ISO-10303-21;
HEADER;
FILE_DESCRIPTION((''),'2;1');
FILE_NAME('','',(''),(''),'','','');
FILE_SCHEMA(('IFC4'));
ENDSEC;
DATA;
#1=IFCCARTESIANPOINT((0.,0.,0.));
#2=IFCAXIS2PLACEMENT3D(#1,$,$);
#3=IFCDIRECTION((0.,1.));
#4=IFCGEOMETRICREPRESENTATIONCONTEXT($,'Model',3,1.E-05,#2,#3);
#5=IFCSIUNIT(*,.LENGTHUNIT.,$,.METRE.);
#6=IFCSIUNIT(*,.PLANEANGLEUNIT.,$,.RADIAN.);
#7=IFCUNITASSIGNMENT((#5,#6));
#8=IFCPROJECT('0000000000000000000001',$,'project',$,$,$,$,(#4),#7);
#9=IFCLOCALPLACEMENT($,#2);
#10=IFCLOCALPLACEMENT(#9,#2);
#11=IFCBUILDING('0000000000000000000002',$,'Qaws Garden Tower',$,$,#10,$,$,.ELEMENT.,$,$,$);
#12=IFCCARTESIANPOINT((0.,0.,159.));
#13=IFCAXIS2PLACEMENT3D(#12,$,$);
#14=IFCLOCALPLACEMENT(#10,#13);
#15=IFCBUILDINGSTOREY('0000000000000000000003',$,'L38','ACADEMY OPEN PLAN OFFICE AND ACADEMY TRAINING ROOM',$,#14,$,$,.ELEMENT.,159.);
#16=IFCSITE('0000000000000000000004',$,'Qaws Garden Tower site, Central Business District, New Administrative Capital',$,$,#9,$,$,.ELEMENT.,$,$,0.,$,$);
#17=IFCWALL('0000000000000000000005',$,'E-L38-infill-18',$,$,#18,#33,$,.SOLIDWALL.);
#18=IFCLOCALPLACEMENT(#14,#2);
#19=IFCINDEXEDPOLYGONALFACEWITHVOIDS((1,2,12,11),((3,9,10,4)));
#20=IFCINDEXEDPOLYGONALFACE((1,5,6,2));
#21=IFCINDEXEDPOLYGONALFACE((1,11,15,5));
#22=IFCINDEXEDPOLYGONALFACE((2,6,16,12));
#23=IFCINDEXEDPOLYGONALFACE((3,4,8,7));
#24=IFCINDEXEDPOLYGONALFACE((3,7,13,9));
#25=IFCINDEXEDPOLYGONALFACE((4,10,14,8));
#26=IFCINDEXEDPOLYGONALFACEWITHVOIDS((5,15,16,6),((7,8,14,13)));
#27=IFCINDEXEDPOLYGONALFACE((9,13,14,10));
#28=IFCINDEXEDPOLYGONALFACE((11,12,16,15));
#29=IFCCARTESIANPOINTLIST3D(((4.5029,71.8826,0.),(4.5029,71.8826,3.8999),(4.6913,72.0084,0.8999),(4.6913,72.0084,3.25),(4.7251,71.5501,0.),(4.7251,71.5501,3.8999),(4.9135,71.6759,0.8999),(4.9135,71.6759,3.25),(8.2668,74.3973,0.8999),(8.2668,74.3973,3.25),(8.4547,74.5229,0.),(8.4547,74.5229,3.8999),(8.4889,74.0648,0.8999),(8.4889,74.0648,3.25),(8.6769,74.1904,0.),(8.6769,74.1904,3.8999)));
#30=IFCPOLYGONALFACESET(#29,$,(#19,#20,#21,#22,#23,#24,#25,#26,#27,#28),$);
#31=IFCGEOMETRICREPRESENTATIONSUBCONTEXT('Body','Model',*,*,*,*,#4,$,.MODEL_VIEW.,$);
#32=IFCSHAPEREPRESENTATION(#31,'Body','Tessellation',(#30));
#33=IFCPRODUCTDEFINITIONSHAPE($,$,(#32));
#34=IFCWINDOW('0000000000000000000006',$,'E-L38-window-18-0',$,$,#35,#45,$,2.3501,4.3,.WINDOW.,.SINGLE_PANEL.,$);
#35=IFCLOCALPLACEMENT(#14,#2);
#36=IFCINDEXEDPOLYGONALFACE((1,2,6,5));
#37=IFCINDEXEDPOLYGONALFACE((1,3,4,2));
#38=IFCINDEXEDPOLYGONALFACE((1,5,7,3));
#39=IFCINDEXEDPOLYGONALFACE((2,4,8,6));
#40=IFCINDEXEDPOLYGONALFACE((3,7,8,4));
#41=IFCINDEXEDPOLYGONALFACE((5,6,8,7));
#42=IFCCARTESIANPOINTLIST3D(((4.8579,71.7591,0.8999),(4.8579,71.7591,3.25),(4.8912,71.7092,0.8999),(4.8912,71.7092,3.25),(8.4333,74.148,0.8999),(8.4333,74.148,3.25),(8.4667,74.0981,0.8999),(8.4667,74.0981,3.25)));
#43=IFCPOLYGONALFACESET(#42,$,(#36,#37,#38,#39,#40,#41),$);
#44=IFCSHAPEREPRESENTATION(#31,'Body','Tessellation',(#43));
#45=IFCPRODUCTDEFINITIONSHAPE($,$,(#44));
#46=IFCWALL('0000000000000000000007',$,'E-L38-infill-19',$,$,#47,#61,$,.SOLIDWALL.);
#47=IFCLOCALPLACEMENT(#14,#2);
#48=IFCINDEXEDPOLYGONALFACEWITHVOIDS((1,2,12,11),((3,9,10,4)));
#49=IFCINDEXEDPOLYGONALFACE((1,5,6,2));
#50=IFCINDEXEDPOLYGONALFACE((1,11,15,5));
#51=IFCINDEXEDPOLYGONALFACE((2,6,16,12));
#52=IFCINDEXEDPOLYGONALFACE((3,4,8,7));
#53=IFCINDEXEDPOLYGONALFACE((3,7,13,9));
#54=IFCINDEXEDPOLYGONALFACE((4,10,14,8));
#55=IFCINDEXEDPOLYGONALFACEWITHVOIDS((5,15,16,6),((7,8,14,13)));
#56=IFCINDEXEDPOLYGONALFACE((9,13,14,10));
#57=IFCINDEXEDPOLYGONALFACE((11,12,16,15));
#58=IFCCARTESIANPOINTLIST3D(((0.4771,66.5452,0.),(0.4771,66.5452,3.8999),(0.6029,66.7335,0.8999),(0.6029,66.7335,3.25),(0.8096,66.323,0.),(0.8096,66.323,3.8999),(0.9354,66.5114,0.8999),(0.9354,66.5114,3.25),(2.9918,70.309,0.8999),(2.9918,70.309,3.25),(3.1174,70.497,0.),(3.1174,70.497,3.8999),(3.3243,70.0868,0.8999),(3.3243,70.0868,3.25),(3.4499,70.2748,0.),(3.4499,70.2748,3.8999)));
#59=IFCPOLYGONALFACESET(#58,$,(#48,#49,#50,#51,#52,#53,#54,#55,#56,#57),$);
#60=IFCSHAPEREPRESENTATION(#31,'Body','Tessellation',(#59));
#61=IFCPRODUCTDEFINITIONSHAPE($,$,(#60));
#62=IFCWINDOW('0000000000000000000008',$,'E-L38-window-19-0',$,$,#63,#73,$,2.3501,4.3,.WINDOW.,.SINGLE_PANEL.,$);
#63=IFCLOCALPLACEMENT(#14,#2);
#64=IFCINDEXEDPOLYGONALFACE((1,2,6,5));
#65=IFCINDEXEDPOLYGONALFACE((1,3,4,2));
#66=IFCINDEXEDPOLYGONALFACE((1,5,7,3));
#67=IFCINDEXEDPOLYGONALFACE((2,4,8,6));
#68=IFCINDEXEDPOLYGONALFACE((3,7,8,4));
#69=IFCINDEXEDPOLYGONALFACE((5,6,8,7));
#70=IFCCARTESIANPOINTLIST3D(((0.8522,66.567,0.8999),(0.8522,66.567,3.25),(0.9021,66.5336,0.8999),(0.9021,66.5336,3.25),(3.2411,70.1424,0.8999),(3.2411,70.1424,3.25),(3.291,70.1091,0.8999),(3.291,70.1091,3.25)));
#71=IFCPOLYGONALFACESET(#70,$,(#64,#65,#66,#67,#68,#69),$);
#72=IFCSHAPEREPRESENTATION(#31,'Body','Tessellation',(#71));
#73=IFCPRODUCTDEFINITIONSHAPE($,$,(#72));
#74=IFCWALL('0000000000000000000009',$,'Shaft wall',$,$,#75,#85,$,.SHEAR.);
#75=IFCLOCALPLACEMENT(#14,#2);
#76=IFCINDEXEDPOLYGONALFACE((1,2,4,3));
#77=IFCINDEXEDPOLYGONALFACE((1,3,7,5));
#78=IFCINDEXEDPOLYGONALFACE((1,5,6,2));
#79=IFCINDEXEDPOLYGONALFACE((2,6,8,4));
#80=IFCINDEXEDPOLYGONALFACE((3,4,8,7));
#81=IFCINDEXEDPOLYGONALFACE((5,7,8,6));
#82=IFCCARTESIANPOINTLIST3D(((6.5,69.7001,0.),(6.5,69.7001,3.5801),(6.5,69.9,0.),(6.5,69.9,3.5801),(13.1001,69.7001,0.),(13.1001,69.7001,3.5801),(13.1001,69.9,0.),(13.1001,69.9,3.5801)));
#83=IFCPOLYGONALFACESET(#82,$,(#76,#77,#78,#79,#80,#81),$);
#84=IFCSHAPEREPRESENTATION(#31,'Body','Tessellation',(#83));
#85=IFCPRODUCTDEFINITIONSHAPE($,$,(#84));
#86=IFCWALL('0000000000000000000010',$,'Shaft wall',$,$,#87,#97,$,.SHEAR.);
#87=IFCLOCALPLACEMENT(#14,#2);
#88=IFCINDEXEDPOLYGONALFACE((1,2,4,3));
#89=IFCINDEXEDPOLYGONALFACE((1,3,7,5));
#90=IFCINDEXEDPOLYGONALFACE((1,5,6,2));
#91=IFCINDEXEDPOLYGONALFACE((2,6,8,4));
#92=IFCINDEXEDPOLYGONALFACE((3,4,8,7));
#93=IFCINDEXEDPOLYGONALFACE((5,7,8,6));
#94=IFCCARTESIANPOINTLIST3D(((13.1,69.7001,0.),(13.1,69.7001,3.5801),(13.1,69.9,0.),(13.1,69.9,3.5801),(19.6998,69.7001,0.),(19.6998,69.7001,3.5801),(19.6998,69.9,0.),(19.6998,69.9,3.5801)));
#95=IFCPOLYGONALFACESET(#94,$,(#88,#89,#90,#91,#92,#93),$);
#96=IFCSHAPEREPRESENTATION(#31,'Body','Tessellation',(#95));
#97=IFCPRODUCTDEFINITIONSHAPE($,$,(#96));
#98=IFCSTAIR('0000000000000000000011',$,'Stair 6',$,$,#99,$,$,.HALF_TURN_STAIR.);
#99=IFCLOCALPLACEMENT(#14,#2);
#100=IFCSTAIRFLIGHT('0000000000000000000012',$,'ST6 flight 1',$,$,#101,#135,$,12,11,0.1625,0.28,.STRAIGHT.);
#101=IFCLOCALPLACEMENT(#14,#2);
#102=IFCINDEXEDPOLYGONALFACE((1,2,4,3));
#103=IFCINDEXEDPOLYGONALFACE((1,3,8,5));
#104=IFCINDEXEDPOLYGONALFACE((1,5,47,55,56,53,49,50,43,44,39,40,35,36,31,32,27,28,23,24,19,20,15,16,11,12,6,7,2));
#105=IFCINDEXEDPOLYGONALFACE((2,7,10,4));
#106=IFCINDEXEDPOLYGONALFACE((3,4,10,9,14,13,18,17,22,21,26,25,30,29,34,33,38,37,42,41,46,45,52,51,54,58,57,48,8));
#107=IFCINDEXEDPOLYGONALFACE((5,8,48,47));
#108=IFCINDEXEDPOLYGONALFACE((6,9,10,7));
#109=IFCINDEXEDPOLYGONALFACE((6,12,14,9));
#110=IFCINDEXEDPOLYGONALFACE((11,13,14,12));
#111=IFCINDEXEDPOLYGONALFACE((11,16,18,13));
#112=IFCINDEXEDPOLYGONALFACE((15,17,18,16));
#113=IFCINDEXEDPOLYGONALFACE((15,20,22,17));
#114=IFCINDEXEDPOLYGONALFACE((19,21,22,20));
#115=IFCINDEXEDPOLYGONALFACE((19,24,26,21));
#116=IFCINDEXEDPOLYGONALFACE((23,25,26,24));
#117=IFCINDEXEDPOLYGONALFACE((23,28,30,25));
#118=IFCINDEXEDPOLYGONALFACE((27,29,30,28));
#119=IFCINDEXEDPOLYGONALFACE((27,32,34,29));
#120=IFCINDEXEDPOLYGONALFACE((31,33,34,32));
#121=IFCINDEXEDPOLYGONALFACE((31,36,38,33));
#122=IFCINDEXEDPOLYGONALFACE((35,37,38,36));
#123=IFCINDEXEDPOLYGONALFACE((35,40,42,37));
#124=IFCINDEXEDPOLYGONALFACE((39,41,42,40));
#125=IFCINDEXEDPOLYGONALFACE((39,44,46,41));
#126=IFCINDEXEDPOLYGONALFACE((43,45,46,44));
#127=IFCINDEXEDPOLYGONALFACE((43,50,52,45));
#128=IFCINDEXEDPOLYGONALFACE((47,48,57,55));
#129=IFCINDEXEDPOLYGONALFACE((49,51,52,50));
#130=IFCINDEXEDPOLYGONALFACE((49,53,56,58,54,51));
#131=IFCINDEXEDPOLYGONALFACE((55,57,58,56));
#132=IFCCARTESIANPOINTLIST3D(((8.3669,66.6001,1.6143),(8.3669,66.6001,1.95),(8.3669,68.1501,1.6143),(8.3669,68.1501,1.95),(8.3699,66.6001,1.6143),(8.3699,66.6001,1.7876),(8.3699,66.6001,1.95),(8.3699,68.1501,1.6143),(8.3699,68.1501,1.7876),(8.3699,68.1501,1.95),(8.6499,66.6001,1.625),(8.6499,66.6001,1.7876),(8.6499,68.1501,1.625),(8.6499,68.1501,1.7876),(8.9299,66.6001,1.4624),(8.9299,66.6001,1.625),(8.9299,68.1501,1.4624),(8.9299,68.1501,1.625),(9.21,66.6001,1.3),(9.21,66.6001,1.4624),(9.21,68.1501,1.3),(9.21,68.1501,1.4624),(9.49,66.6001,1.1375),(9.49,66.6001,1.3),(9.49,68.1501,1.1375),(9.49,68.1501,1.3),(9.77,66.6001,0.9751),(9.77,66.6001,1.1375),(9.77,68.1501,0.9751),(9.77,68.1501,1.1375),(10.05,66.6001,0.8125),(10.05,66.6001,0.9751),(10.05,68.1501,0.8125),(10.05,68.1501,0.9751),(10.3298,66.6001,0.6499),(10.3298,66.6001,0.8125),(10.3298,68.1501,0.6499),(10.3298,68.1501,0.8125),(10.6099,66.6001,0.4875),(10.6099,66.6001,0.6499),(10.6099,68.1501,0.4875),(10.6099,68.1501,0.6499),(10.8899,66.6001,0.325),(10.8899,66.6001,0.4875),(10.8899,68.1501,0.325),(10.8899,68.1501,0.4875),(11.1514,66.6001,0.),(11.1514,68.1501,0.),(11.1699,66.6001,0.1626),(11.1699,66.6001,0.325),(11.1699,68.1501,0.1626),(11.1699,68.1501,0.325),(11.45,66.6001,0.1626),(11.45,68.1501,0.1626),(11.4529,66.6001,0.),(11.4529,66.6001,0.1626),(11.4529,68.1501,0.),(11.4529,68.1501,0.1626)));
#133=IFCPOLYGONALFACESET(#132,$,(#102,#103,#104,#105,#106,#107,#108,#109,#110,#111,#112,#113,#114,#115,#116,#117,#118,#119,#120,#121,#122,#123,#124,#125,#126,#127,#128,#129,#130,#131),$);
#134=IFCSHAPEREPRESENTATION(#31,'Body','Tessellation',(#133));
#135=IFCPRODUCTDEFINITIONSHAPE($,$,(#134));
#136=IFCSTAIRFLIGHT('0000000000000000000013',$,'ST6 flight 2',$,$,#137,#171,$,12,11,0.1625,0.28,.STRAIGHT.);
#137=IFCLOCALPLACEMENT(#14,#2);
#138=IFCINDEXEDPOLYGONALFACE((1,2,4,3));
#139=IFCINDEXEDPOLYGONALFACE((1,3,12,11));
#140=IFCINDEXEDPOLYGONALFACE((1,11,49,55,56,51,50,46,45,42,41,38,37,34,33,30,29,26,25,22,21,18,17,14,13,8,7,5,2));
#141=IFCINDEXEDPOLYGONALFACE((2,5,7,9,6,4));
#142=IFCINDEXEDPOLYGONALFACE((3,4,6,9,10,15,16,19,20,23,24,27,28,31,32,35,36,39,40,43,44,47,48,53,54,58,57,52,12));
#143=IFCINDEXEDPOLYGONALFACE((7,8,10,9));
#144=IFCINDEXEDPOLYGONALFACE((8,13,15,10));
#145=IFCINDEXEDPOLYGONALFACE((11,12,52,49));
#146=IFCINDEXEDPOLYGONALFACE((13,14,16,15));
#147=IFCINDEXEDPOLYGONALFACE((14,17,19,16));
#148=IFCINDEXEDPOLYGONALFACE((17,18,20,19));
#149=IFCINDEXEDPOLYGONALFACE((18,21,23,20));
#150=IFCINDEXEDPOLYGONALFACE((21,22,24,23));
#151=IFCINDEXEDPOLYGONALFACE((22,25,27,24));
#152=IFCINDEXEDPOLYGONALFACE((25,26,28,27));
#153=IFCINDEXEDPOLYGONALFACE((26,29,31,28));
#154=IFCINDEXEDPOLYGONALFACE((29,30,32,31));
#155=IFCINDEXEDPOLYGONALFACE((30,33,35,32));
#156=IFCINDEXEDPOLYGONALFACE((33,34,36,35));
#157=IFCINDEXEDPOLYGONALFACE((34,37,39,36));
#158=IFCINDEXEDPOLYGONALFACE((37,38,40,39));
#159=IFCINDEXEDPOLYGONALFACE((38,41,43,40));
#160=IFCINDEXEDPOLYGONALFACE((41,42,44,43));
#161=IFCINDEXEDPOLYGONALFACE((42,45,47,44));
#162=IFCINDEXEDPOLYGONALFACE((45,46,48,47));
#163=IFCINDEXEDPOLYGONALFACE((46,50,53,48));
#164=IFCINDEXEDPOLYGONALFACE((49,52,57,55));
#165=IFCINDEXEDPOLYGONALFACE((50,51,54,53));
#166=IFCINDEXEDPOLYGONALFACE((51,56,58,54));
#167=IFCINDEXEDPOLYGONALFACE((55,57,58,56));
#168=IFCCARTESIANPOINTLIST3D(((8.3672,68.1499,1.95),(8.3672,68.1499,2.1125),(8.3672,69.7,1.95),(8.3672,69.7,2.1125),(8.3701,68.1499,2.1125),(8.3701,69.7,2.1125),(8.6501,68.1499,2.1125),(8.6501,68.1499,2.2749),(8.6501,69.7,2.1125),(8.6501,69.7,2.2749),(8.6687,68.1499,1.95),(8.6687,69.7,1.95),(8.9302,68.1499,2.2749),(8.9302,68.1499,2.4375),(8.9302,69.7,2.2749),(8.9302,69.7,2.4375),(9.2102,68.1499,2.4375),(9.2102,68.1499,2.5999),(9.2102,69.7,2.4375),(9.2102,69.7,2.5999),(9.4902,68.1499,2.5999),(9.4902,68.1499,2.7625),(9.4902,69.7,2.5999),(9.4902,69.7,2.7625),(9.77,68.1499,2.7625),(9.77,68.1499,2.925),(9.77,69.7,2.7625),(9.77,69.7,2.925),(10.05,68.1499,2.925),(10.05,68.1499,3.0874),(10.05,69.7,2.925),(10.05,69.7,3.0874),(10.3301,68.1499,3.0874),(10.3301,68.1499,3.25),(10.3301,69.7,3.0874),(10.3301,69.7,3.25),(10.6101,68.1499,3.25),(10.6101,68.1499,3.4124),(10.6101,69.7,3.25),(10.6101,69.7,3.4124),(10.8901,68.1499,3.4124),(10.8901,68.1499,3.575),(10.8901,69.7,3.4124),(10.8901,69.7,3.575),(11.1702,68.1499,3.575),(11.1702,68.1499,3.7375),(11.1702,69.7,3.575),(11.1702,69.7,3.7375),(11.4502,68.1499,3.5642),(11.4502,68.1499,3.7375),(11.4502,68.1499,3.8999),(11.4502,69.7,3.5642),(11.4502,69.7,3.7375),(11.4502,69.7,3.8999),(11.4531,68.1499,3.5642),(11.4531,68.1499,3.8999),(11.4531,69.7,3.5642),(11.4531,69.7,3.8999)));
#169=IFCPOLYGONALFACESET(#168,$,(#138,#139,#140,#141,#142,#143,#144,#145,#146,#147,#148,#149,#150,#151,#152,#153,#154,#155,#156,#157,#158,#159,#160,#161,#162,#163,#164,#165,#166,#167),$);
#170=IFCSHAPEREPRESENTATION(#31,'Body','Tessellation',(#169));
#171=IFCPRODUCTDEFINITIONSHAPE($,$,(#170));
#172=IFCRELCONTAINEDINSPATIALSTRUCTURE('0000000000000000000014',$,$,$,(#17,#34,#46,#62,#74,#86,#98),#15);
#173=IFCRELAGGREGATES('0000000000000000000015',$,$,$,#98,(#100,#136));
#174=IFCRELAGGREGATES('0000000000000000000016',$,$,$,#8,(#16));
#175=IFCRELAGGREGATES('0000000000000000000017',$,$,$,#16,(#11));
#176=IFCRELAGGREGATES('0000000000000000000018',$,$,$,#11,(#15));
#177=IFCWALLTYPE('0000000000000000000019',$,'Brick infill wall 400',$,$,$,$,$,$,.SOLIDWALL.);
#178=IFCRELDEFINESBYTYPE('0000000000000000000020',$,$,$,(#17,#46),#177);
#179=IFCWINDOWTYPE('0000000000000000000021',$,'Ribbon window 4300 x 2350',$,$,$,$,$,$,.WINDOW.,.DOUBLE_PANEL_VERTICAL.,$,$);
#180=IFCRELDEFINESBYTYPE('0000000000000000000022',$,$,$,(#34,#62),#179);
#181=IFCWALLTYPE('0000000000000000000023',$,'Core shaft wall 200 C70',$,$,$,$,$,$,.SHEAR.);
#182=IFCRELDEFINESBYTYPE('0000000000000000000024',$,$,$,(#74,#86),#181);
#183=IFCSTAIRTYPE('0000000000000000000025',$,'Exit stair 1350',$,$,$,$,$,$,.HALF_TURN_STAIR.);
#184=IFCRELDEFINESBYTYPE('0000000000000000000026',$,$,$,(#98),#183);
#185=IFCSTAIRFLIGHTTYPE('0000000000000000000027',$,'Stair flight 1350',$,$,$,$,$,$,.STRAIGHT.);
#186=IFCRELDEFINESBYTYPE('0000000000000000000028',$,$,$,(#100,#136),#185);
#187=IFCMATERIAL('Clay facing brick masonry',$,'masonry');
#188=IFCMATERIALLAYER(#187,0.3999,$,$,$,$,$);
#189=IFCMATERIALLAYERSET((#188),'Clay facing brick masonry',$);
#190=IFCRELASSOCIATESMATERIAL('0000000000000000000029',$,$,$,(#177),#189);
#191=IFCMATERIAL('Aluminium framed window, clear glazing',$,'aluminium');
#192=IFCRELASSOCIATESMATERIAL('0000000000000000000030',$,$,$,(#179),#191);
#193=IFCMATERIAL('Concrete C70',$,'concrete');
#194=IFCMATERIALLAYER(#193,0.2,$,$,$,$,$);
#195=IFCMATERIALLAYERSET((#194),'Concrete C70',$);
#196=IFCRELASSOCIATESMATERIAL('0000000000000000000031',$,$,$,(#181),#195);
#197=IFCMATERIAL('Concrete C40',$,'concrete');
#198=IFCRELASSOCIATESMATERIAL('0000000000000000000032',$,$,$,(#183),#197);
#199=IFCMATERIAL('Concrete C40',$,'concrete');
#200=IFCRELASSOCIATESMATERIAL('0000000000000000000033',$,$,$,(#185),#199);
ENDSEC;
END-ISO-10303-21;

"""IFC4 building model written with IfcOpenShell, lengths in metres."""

from ifc_helpers import new_model, si_unit, direction, frame, frame_2d, origin, place, context, subcontext, project, spatial, polyline, rectangle, outline, extrude, material, layer, layer_set, type_object, element, fill, aggregate, save


model = new_model("IFC4")

# Units and contexts
model_context = context("Model", 3, precision=1e-05, world=origin(), true_north=direction((0.0, 1.0)))
body_context = subcontext(model_context, "Body", "Model", "MODEL_VIEW")
ifc_project = project(units=[si_unit("LENGTHUNIT", "METRE"), si_unit("PLANEANGLEUNIT", "RADIAN")], contexts=[model_context])

# Site, building, storey
site_placement = place(None, origin())
site = spatial("IfcSite", under=ifc_project, at=site_placement, Name="Qaws Garden Tower site, Central Business District, New Administrative Capital", CompositionType="ELEMENT", RefElevation=0.0)
building_placement = place(site_placement, origin())
building = spatial("IfcBuilding", under=site, at=building_placement, Name="Qaws Garden Tower", CompositionType="ELEMENT")
storey_placement = place(building_placement, frame((0.0, 0.0, 159.0)))
storey = spatial("IfcBuildingStorey", under=building, at=storey_placement, Name="L38", Description="ACADEMY OPEN PLAN OFFICE AND ACADEMY TRAINING ROOM", CompositionType="ELEMENT", Elevation=159.0)

# Walls, openings, windows
ifc_material_1 = material(Name="Clay facing brick masonry", Category="masonry")
ifc_layer_1 = layer(ifc_material_1, 0.3999)
ifc_layer_set_1 = layer_set([ifc_layer_1], Name="Clay facing brick masonry")
wall_type_1 = type_object("IfcWallType", Name="Brick infill wall 400", PredefinedType="SOLIDWALL", material=ifc_layer_set_1)
ifc_material_2 = material(Name="Aluminium framed window, clear glazing", Category="aluminium")
window_type = type_object("IfcWindowType", Name="Ribbon window 4300 x 2350", PartitioningType="DOUBLE_PANEL_VERTICAL", PredefinedType="WINDOW", material=ifc_material_2)
wall_1_placement = place(storey_placement, frame((8.5659, 74.3567, 0.0), z_axis=(0.0, 0.0, 1.0), x_axis=(-0.831489, -0.555542, 0.0)))
wall_1 = element("IfcWall", 1, at=wall_1_placement, inside=storey, type_object=wall_type_1, Name="E-L38-infill-18", PredefinedType="SOLIDWALL", context=body_context, shape_type="SweptSolid", body=[
    extrude(rectangle(XDim=4.7527, YDim=0.3999, at=frame_2d((2.3765, 0.0))), origin(), (0.0, 0.0, 1.0), 3.8999),
])
opening_1_placement = place(wall_1_placement, frame((0.2263, 0.0, 0.8999)))
opening_1 = element("IfcOpeningElement", 2, at=opening_1_placement, cuts=wall_1, PredefinedType="OPENING", context=body_context, shape_type="SweptSolid", body=[
    extrude(rectangle(XDim=4.3, YDim=2.3501, at=frame_2d((2.1499, 1.175))), frame((0.0, 0.21, 0.0), z_axis=(0.0, -1.0, 0.0), x_axis=(1.0, 0.0, 0.0)), (0.0, 0.0, 1.0), 0.4199),
])
window_1_placement = place(opening_1_placement, origin())
window_1 = element("IfcWindow", 3, at=window_1_placement, inside=storey, type_object=window_type, Name="E-L38-window-18-0", OverallHeight=2.3501, OverallWidth=4.3, PartitioningType="SINGLE_PANEL", PredefinedType="WINDOW", context=body_context, shape_type="SweptSolid", body=[
    extrude(rectangle(XDim=4.3, YDim=2.3501, at=frame_2d((2.1499, 1.175))), frame((0.0, 0.1599, 0.0), z_axis=(0.0, -1.0, 0.0), x_axis=(1.0, 0.0, 0.0)), (0.0, 0.0, 1.0), 0.0601),
])
fill(opening_1, window_1)
wall_2_placement = place(storey_placement, frame((3.2837, 70.386, 0.0), z_axis=(0.0, 0.0, 1.0), x_axis=(-0.555542, -0.831489, 0.0)))
wall_2 = element("IfcWall", 4, at=wall_2_placement, inside=storey, type_object=wall_type_1, Name="E-L38-infill-19", PredefinedType="SOLIDWALL", context=body_context, shape_type="SweptSolid", body=[
    extrude(rectangle(XDim=4.7527, YDim=0.3999, at=frame_2d((2.3765, 0.0))), origin(), (0.0, 0.0, 1.0), 3.8999),
])
opening_2_placement = place(wall_2_placement, frame((0.2263, 0.0, 0.8999)))
opening_2 = element("IfcOpeningElement", 5, at=opening_2_placement, cuts=wall_2, PredefinedType="OPENING", context=body_context, shape_type="SweptSolid", body=[
    extrude(rectangle(XDim=4.3, YDim=2.3501, at=frame_2d((2.1499, 1.175))), frame((0.0, 0.21, 0.0), z_axis=(0.0, -1.0, 0.0), x_axis=(1.0, 0.0, 0.0)), (0.0, 0.0, 1.0), 0.4199),
])
window_2_placement = place(opening_2_placement, origin())
window_2 = element("IfcWindow", 6, at=window_2_placement, inside=storey, type_object=window_type, Name="E-L38-window-19-0", OverallHeight=2.3501, OverallWidth=4.3, PartitioningType="SINGLE_PANEL", PredefinedType="WINDOW", context=body_context, shape_type="SweptSolid", body=[
    extrude(rectangle(XDim=4.3, YDim=2.3501, at=frame_2d((2.1499, 1.175))), frame((0.0, 0.1599, 0.0), z_axis=(0.0, -1.0, 0.0), x_axis=(1.0, 0.0, 0.0)), (0.0, 0.0, 1.0), 0.0601),
])
fill(opening_2, window_2)

# Walls
ifc_material_3 = material(Name="Concrete C70", Category="concrete")
ifc_layer_2 = layer(ifc_material_3, 0.2)
ifc_layer_set_2 = layer_set([ifc_layer_2], Name="Concrete C70")
wall_type_2 = type_object("IfcWallType", Name="Core shaft wall 200 C70", PredefinedType="SHEAR", material=ifc_layer_set_2)
wall_3_placement = place(storey_placement, frame((6.5, 69.8, 0.0), z_axis=(0.0, 0.0, 1.0), x_axis=(1.0, 0.0, 0.0)))
element("IfcWall", 7, at=wall_3_placement, inside=storey, type_object=wall_type_2, Name="Shaft wall", PredefinedType="SHEAR", context=body_context, shape_type="SweptSolid", body=[
    extrude(rectangle(XDim=6.6001, YDim=0.2, at=frame_2d((3.3, 0.0))), origin(), (0.0, 0.0, 1.0), 3.5801),
])
wall_4_placement = place(storey_placement, frame((13.1001, 69.8, 0.0), z_axis=(0.0, 0.0, 1.0), x_axis=(1.0, 0.0, 0.0)))
element("IfcWall", 8, at=wall_4_placement, inside=storey, type_object=wall_type_2, Name="Shaft wall", PredefinedType="SHEAR", context=body_context, shape_type="SweptSolid", body=[
    extrude(rectangle(XDim=6.5999, YDim=0.2, at=frame_2d((3.2998, 0.0))), origin(), (0.0, 0.0, 1.0), 3.5801),
])

# Stair, stair flights
ifc_material_4 = material(Name="Concrete C40", Category="concrete")
stair_type = type_object("IfcStairType", Name="Exit stair 1350", PredefinedType="HALF_TURN_STAIR", material=ifc_material_4)
placement = place(storey_placement, origin())
stair_1 = element("IfcStair", 9, at=placement, inside=storey, type_object=stair_type, Name="Stair 6", PredefinedType="HALF_TURN_STAIR")
ifc_material_5 = material(Name="Concrete C40", Category="concrete")
stair_flight_type = type_object("IfcStairFlightType", Name="Stair flight 1350", PredefinedType="STRAIGHT", material=ifc_material_5)
stair_flight_1_placement = place(storey_placement, frame((11.45, 67.375, 0.0), z_axis=(0.0, 0.0, 1.0), x_axis=(-1.0, 0.0, 0.0)))
stair_flight_1 = element("IfcStairFlight", 10, at=stair_flight_1_placement, type_object=stair_flight_type, Name="ST6 flight 1", NumberOfRisers=12, NumberOfTreads=11, PredefinedType="STRAIGHT", RiserHeight=0.1625, TreadLength=0.28, context=body_context, shape_type="SweptSolid", body=[
    extrude(outline(polyline([(-0.0029, 0.0), (-0.0029, 0.1626), (0.0, 0.1626), (0.28, 0.1626), (0.28, 0.325), (0.5601, 0.325), (0.5601, 0.4875), (0.8401, 0.4875), (0.8401, 0.6499), (1.1201, 0.6499), (1.1201, 0.8125), (1.3999, 0.8125), (1.3999, 0.9751), (1.6799, 0.9751), (1.6799, 1.1375), (1.96, 1.1375), (1.96, 1.3), (2.24, 1.3), (2.24, 1.4624), (2.52, 1.4624), (2.52, 1.625), (2.8, 1.625), (2.8, 1.7876), (3.0801, 1.7876), (3.0801, 1.95), (3.083, 1.95), (3.083, 1.6143), (3.0801, 1.6143), (0.2986, 0.0), (-0.0029, 0.0)])), frame((0.0, 0.7749, 0.0), z_axis=(0.0, -1.0, 0.0), x_axis=(1.0, 0.0, 0.0)), (0.0, 0.0, 1.0), 1.55),
])
stair_flight_2_placement = place(storey_placement, frame((8.3701, 68.925, 1.95), z_axis=(0.0, 0.0, 1.0), x_axis=(1.0, 0.0, 0.0)))
stair_flight_2 = element("IfcStairFlight", 11, at=stair_flight_2_placement, type_object=stair_flight_type, Name="ST6 flight 2", NumberOfRisers=12, NumberOfTreads=11, PredefinedType="STRAIGHT", RiserHeight=0.1625, TreadLength=0.28, context=body_context, shape_type="SweptSolid", body=[
    extrude(outline(polyline([(-0.0029, 0.0), (-0.0029, 0.1626), (0.0, 0.1626), (0.28, 0.1626), (0.28, 0.325), (0.5601, 0.325), (0.5601, 0.4875), (0.8401, 0.4875), (0.8401, 0.6499), (1.1201, 0.6499), (1.1201, 0.8125), (1.3999, 0.8125), (1.3999, 0.9751), (1.6799, 0.9751), (1.6799, 1.1375), (1.96, 1.1375), (1.96, 1.3), (2.24, 1.3), (2.24, 1.4624), (2.52, 1.4624), (2.52, 1.625), (2.8, 1.625), (2.8, 1.7876), (3.0801, 1.7876), (3.0801, 1.95), (3.083, 1.95), (3.083, 1.6143), (3.0801, 1.6143), (0.2986, 0.0), (-0.0029, 0.0)])), frame((0.0, 0.7749, 0.0), z_axis=(0.0, -1.0, 0.0), x_axis=(1.0, 0.0, 0.0)), (0.0, 0.0, 1.0), 1.55),
])
aggregate(stair_1, [stair_flight_1, stair_flight_2])

save(model, "model.ifc")
